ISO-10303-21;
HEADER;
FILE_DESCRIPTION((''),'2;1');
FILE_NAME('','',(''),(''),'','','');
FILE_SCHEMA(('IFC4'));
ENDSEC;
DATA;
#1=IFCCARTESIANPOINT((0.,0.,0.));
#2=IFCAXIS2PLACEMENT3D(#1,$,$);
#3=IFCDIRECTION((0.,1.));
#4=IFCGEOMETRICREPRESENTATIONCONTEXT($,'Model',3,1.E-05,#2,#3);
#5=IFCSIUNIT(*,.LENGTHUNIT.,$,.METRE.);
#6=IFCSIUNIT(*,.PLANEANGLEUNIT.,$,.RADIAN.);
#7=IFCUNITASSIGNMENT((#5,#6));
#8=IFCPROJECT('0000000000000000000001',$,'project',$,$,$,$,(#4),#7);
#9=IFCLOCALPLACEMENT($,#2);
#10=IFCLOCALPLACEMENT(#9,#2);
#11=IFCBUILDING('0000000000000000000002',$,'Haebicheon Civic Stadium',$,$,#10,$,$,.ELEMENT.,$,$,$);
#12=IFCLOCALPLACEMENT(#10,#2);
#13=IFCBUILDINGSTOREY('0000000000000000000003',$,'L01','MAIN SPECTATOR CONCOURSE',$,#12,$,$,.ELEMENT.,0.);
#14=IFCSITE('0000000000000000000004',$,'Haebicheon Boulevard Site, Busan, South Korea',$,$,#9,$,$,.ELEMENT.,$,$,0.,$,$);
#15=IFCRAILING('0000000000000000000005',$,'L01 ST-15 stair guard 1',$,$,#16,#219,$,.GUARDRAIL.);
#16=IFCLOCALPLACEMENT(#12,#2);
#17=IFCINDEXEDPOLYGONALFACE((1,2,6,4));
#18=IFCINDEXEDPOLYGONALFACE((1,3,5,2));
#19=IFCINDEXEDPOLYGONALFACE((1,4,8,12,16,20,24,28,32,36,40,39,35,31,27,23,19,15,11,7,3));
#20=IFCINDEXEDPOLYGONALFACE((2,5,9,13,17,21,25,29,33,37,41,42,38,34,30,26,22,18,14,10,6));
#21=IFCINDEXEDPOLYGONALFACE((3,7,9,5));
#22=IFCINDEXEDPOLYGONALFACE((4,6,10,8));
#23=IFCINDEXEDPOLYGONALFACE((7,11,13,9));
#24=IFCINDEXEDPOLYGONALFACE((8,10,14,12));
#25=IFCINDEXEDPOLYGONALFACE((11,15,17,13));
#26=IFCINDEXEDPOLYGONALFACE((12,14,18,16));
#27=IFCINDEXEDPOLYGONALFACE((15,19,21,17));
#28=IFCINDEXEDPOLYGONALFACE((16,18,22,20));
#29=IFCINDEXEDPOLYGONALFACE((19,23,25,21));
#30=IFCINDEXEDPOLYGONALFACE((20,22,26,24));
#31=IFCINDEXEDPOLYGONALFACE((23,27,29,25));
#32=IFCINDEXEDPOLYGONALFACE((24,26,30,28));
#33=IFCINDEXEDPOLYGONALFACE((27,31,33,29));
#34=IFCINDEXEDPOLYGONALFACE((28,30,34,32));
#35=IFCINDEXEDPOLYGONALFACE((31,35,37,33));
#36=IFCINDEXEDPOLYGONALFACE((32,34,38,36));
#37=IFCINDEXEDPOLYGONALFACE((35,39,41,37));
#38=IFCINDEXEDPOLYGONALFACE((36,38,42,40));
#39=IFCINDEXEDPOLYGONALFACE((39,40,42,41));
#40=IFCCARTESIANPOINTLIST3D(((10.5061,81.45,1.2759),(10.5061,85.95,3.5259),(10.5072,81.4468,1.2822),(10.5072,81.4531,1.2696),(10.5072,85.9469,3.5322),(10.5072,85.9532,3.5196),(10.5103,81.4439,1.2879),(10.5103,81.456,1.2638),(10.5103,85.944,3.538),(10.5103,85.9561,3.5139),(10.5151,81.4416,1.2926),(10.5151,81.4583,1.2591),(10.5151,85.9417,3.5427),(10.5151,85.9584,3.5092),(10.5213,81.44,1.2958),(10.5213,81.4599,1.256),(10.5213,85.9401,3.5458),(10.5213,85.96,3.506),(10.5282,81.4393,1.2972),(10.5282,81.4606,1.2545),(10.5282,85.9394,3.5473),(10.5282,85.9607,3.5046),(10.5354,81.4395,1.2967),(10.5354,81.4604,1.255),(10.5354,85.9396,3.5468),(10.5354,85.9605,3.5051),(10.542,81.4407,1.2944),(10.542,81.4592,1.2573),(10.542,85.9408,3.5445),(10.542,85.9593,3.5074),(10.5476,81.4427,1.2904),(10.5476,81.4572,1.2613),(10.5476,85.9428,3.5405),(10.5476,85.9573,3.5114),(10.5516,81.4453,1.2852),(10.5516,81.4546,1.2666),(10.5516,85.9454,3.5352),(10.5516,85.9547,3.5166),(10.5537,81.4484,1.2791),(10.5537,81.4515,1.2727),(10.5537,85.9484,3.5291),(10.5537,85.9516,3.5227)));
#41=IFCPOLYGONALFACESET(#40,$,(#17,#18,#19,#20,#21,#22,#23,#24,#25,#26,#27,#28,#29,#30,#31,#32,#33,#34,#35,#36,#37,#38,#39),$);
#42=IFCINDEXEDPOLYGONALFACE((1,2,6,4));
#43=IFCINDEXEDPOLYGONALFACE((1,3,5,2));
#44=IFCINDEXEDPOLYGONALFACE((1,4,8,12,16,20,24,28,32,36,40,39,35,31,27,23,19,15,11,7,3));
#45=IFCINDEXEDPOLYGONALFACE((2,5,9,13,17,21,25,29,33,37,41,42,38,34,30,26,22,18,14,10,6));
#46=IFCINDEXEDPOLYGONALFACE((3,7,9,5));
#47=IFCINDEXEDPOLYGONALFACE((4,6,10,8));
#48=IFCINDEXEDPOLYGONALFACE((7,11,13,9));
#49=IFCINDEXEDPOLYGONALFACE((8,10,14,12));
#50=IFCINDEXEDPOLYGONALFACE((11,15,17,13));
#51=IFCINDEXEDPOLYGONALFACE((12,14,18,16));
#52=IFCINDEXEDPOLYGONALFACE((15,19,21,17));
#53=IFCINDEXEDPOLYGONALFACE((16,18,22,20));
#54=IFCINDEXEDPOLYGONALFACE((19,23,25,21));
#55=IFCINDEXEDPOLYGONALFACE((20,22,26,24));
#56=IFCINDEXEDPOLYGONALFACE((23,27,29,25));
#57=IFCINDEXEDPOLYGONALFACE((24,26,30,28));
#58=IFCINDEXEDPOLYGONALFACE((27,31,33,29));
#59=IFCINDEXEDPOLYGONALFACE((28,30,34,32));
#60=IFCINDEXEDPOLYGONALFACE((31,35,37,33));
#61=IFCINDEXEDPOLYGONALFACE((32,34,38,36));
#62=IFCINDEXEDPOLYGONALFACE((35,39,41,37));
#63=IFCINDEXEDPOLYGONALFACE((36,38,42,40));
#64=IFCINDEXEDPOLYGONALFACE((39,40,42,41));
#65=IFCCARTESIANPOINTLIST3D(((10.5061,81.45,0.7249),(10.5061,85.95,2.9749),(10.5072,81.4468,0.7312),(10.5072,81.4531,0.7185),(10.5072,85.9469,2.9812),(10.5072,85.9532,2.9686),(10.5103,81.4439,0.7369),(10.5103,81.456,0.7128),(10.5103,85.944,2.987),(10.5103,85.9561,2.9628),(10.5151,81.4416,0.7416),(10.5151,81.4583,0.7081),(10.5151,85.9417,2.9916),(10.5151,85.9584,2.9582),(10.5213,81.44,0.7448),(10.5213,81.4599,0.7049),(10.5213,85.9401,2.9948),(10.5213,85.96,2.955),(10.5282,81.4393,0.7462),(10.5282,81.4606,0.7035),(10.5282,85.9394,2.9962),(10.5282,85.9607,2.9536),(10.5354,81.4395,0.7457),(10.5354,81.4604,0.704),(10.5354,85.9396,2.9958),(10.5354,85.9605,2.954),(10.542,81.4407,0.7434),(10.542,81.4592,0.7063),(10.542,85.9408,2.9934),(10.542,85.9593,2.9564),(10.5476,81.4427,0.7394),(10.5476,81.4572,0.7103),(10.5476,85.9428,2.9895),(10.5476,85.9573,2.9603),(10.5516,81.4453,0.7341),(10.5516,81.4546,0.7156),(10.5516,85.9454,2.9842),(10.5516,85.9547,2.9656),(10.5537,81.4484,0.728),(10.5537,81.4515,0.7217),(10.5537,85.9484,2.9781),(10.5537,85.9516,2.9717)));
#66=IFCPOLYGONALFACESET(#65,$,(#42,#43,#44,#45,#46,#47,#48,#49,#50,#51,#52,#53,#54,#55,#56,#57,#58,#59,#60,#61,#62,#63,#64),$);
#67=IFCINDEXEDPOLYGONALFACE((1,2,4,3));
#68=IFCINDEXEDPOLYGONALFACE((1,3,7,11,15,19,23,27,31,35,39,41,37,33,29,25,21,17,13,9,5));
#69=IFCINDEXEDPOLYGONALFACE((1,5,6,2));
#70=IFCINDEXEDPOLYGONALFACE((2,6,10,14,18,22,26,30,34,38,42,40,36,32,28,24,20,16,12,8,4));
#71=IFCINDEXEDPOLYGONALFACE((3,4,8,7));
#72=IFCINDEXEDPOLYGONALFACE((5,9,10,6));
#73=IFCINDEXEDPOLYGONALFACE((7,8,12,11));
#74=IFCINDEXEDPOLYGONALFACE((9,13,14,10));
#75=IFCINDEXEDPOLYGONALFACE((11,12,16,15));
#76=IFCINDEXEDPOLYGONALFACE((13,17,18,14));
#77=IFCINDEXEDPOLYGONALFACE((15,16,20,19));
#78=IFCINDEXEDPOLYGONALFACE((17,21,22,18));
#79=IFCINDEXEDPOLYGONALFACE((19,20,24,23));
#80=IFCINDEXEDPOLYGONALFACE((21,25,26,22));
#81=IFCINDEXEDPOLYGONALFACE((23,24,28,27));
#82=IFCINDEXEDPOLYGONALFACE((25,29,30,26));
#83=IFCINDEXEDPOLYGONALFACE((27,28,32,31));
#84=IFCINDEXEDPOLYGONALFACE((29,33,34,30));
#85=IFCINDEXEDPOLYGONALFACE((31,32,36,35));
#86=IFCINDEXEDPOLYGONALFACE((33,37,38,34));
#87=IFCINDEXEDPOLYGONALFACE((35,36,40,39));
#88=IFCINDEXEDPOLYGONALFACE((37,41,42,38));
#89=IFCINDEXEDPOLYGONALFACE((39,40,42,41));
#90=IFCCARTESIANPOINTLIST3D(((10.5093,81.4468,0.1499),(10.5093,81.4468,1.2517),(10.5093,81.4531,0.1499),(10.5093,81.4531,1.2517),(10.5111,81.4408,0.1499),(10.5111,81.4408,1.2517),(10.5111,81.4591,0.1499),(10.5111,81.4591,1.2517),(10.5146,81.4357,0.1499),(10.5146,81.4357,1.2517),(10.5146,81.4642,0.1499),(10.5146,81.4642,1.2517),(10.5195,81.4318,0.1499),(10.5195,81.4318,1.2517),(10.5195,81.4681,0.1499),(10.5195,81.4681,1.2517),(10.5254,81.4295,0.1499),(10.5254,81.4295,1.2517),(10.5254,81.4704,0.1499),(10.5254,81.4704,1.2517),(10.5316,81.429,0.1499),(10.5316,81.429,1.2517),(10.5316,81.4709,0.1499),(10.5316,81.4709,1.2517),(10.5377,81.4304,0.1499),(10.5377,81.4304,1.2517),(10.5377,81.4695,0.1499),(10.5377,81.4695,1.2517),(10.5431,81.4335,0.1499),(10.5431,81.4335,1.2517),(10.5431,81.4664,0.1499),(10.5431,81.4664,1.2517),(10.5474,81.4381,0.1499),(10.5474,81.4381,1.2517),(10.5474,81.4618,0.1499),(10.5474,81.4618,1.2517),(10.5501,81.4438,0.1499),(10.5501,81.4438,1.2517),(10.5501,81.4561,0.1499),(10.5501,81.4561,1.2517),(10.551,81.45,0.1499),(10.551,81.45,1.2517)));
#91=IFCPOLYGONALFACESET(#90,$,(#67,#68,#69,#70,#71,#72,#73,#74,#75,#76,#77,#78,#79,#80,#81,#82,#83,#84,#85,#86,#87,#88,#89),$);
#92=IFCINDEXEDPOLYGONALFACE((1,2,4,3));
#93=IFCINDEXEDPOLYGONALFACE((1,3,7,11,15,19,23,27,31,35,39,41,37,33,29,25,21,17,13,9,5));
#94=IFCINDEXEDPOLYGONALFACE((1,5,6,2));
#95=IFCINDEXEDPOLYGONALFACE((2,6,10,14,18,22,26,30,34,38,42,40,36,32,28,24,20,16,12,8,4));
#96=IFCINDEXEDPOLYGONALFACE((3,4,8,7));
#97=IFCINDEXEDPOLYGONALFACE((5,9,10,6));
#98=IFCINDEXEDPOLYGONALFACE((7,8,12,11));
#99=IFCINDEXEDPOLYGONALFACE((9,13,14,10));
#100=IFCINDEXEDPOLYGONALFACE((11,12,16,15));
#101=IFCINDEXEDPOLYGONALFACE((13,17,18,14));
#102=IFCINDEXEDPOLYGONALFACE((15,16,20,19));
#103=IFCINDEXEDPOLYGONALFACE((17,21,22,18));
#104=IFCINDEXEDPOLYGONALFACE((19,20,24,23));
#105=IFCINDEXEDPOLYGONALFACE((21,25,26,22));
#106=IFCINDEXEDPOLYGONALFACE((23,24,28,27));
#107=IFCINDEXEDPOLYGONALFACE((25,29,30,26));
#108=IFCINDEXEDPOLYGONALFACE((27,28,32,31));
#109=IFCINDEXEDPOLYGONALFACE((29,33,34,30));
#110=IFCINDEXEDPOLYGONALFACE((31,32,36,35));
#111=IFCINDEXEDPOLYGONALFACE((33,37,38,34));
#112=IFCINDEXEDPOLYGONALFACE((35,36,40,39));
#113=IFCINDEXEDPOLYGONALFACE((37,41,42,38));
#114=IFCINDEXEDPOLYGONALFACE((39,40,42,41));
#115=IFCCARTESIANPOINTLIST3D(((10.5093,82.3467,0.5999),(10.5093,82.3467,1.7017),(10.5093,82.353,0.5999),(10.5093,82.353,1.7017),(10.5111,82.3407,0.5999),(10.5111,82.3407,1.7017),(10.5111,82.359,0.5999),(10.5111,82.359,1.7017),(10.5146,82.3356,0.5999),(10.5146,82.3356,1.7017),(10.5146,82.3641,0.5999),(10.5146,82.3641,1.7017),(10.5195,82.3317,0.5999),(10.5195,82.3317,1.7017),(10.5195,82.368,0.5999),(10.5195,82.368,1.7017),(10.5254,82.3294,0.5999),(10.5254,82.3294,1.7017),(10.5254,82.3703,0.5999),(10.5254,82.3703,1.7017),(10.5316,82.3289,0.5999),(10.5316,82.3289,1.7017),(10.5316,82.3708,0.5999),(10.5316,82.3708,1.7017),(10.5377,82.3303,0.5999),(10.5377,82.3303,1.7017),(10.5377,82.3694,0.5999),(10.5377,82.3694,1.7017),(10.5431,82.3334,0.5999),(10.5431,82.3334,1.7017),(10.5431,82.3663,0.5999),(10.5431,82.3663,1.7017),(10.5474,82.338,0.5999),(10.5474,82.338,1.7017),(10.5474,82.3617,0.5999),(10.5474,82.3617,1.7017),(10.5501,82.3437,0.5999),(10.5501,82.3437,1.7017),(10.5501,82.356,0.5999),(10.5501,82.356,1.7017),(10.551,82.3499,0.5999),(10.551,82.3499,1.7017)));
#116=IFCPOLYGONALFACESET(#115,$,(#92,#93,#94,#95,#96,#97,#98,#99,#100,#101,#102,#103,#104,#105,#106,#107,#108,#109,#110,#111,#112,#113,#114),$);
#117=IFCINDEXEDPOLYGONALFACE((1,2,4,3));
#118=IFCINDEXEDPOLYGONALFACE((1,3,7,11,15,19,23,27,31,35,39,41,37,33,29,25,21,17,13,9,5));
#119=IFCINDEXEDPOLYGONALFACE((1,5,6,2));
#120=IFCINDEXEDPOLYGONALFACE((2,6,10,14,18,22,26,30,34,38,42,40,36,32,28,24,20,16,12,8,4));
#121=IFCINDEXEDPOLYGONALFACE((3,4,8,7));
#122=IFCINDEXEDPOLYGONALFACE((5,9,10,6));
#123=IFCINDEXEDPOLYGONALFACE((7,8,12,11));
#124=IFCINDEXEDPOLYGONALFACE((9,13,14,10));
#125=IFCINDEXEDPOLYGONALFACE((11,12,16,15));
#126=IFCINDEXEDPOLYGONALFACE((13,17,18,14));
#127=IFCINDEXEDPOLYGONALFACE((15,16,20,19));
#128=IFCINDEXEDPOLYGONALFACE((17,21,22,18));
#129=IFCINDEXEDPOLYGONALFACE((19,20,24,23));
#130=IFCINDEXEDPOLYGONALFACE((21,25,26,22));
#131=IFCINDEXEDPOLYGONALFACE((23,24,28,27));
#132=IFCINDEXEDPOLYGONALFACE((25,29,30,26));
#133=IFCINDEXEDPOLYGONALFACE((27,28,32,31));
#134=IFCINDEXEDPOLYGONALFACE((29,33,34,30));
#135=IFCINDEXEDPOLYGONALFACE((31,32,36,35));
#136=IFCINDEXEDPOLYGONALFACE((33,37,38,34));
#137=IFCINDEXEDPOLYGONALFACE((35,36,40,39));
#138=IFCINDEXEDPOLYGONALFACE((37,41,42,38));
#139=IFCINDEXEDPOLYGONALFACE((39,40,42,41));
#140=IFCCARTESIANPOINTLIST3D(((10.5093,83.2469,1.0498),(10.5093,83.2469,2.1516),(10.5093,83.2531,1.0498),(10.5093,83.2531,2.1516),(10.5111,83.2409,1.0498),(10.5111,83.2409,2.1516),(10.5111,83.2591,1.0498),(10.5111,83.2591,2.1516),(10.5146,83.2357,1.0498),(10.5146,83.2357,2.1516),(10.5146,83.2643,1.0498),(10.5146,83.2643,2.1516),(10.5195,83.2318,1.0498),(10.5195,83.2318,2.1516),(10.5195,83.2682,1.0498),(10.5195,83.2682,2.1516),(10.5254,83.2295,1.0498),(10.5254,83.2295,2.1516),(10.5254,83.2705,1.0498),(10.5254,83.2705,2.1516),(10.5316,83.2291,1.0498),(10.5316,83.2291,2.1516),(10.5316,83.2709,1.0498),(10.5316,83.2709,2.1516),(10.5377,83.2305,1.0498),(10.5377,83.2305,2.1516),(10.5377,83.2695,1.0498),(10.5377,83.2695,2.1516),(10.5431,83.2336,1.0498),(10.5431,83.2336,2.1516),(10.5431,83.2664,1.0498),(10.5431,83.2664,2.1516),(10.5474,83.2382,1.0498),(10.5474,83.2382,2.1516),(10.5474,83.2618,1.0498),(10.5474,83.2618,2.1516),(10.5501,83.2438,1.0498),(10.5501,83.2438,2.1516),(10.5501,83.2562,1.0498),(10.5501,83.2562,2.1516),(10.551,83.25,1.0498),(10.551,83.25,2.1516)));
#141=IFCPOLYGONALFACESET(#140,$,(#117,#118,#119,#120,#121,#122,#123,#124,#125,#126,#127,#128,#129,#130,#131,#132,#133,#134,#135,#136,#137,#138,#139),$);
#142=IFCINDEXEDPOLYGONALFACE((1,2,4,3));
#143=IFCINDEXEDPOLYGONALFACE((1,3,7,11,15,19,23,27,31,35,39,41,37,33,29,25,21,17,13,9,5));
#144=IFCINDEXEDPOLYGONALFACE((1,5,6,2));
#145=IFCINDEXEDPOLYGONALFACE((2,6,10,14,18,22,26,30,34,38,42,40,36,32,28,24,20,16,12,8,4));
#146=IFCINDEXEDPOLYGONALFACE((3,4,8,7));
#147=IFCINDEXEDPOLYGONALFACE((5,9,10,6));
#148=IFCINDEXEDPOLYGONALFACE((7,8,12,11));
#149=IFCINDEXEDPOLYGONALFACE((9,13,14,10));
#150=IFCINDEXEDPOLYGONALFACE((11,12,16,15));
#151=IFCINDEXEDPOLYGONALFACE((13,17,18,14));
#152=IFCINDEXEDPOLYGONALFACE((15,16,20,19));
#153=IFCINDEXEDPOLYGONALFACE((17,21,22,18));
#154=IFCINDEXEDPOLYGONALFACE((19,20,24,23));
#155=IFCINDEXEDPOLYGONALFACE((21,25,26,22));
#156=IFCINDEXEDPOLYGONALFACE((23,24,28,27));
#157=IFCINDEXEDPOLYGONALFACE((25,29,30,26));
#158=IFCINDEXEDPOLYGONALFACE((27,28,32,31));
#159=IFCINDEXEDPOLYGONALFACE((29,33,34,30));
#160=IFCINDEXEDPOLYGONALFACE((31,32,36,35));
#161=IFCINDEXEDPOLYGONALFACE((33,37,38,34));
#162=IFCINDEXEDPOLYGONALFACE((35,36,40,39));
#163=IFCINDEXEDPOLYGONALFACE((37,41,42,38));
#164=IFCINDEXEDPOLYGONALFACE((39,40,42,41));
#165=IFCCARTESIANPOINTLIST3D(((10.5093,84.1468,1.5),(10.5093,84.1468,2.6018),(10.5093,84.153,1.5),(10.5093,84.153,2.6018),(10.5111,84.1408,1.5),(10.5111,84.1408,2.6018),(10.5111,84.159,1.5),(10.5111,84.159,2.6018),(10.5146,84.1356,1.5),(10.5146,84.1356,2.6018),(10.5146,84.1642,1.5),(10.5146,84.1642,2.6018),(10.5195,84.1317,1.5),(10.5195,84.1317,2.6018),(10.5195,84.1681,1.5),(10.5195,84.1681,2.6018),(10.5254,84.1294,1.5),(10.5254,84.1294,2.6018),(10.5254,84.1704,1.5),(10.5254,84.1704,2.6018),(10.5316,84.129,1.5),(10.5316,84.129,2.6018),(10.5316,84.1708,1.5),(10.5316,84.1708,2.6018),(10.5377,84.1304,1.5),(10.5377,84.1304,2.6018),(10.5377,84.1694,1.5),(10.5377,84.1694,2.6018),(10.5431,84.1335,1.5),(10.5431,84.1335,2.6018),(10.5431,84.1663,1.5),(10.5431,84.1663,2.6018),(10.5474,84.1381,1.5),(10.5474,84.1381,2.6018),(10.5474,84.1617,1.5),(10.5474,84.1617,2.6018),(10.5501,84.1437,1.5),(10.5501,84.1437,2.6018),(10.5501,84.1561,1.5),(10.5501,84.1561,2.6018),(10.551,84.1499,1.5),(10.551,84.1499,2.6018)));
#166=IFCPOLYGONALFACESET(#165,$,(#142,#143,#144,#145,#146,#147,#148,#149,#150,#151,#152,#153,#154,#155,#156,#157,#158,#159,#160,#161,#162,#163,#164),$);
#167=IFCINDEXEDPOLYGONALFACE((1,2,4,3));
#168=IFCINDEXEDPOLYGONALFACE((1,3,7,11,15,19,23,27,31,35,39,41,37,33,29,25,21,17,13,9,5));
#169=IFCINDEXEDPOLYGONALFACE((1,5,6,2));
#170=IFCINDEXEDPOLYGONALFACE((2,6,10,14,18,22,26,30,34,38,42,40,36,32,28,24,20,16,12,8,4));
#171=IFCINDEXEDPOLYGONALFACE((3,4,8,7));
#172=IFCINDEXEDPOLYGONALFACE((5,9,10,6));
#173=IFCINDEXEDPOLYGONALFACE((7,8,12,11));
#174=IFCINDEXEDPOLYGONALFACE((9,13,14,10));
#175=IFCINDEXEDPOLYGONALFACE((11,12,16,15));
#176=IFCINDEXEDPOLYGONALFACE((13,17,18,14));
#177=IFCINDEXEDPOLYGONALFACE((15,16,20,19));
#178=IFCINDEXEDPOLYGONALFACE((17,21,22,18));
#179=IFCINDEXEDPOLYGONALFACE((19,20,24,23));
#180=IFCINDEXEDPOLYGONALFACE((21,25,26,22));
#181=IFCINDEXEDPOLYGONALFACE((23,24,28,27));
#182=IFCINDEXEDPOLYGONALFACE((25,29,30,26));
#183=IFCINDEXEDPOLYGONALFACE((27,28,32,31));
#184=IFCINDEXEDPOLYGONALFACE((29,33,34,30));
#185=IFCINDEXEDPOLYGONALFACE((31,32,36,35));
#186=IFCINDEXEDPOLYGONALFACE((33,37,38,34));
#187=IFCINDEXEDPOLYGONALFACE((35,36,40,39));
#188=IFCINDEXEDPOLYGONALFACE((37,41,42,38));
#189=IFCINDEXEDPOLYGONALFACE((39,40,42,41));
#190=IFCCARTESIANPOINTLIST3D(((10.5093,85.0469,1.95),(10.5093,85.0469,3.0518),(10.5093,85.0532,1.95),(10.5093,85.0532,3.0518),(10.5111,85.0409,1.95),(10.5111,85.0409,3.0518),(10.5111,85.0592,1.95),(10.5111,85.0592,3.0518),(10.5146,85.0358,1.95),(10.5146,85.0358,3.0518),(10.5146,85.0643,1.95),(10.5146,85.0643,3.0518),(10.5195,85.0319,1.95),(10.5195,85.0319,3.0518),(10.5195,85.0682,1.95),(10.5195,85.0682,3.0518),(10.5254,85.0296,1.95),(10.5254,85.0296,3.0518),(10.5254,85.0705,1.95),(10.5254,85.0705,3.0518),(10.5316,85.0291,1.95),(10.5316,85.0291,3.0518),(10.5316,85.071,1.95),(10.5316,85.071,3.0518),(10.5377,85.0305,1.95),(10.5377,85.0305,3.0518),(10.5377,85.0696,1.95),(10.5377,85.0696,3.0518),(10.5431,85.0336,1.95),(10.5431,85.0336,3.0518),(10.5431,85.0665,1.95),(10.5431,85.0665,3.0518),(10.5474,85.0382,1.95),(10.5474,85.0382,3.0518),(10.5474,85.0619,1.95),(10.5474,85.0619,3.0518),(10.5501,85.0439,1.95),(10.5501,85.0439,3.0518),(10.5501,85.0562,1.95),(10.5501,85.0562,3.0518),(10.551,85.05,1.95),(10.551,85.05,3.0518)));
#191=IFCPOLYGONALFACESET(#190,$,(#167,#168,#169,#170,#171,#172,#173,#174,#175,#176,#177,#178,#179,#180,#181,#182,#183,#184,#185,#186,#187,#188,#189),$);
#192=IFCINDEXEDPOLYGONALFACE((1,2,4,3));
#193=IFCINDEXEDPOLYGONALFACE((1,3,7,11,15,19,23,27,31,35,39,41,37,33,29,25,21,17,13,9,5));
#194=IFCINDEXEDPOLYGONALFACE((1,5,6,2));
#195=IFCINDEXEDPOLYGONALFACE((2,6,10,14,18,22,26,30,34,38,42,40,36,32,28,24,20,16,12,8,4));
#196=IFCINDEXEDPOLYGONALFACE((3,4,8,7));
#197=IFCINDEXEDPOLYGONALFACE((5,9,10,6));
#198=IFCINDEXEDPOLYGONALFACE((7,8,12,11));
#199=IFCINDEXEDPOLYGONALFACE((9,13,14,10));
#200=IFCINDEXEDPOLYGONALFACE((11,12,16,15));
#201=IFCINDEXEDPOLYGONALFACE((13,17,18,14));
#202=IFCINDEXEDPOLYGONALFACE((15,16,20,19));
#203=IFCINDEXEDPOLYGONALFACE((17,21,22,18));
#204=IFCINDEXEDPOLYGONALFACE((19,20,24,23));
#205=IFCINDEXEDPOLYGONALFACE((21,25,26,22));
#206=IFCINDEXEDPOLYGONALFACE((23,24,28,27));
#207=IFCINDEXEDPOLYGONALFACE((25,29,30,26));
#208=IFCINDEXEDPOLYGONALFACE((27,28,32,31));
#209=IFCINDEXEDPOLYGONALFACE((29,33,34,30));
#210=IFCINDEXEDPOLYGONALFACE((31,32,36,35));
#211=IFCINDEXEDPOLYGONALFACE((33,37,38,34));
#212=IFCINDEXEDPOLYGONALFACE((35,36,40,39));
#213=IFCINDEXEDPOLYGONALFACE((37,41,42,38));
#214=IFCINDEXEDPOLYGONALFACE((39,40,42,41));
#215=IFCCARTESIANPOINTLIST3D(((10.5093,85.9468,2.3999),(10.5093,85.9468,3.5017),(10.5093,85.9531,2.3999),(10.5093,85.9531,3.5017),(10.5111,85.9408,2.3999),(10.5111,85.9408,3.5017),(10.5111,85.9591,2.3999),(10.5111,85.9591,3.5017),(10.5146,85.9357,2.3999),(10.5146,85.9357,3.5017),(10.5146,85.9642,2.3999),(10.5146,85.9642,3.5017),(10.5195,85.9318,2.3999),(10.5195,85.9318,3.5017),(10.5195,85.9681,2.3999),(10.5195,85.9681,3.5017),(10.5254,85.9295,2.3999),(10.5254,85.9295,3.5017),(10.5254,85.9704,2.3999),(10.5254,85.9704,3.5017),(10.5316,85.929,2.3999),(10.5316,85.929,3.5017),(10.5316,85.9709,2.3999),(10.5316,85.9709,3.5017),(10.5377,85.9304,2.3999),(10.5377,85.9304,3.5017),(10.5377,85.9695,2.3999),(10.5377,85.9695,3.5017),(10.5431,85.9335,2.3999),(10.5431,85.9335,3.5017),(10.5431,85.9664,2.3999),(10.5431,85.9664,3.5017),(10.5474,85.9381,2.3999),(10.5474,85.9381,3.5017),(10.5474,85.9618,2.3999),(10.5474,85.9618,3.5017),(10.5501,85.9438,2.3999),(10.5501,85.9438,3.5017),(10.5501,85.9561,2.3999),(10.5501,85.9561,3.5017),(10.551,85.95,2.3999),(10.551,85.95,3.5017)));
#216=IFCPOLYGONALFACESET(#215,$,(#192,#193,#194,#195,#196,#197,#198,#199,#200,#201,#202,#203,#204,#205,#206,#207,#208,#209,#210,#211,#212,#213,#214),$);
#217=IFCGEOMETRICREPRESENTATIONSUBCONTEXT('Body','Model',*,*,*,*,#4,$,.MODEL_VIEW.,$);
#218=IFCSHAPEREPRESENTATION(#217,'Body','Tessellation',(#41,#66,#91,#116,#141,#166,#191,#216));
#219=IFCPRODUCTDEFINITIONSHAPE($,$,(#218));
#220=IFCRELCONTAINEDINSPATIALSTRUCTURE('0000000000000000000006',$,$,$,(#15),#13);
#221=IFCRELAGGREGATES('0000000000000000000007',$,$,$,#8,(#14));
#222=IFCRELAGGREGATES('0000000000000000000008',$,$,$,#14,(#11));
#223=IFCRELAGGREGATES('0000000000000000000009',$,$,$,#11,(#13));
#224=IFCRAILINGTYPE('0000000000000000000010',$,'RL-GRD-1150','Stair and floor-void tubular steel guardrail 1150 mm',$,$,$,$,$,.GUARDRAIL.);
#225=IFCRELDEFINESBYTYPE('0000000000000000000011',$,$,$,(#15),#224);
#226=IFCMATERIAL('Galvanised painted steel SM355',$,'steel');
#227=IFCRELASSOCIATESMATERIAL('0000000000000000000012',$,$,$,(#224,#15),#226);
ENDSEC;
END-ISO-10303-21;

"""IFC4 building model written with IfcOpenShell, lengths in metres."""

from ifc_helpers import new_model, si_unit, direction, frame, origin, origin_2d, place, context, subcontext, project, spatial, circle, extrude, material, type_object, element, save


model = new_model("IFC4")

# Units and contexts
model_context = context("Model", 3, precision=1e-05, world=origin(), true_north=direction((0.0, 1.0)))
body_context = subcontext(model_context, "Body", "Model", "MODEL_VIEW")
ifc_project = project(units=[si_unit("LENGTHUNIT", "METRE"), si_unit("PLANEANGLEUNIT", "RADIAN")], contexts=[model_context])

# Site, building, storey
site_placement = place(None, origin())
site = spatial("IfcSite", under=ifc_project, at=site_placement, Name="Haebicheon Boulevard Site, Busan, South Korea", CompositionType="ELEMENT", RefElevation=0.0)
building_placement = place(site_placement, origin())
building = spatial("IfcBuilding", under=site, at=building_placement, Name="Haebicheon Civic Stadium", CompositionType="ELEMENT")
storey_placement = place(building_placement, origin())
storey = spatial("IfcBuildingStorey", under=building, at=storey_placement, Name="L01", Description="MAIN SPECTATOR CONCOURSE", CompositionType="ELEMENT", Elevation=0.0)

# Railing
ifc_material_1 = material(Name="Galvanised painted steel SM355", Category="steel")
railing_type_1 = type_object("IfcRailingType", Name="RL-GRD-1150", Description="Stair and floor-void tubular steel guardrail 1150 mm", PredefinedType="GUARDRAIL", material=ifc_material_1)
railing_1_placement = place(storey_placement, frame((10.53, 81.45, 0.1499)))
element("IfcRailing", 1, at=railing_1_placement, inside=storey, type_object=railing_type_1, material=ifc_material_1, Name="L01 ST-15 stair guard 1", PredefinedType="GUARDRAIL", context=body_context, shape_type="SweptSolid", body=[
    extrude(circle(Radius=0.0239, at=origin_2d()), frame((0.0, 0.0, 1.126), z_axis=(0.0, 0.894427, 0.447214), x_axis=(-1.0, 0.0, 0.0)), (0.0, 0.0, 1.0), 5.0312),
    extrude(circle(Radius=0.0239, at=origin_2d()), frame((0.0, 0.0, 0.575), z_axis=(0.0, 0.894427, 0.447214), x_axis=(-1.0, 0.0, 0.0)), (0.0, 0.0, 1.0), 5.0312),
    extrude(circle(Radius=0.021, at=origin_2d()), origin(), (0.0, 0.0, 1.0), 1.1018),
    extrude(circle(Radius=0.021, at=origin_2d()), frame((0.0, 0.8999, 0.45)), (0.0, 0.0, 1.0), 1.1018),
    extrude(circle(Radius=0.021, at=origin_2d()), frame((0.0, 1.8, 0.8999)), (0.0, 0.0, 1.0), 1.1018),
    extrude(circle(Radius=0.021, at=origin_2d()), frame((0.0, 2.7, 1.3501)), (0.0, 0.0, 1.0), 1.1018),
    extrude(circle(Radius=0.021, at=origin_2d()), frame((0.0, 3.6001, 1.8)), (0.0, 0.0, 1.0), 1.1018),
    extrude(circle(Radius=0.021, at=origin_2d()), frame((0.0, 4.5, 2.25)), (0.0, 0.0, 1.0), 1.1018),
])

save(model, "model.ifc")
